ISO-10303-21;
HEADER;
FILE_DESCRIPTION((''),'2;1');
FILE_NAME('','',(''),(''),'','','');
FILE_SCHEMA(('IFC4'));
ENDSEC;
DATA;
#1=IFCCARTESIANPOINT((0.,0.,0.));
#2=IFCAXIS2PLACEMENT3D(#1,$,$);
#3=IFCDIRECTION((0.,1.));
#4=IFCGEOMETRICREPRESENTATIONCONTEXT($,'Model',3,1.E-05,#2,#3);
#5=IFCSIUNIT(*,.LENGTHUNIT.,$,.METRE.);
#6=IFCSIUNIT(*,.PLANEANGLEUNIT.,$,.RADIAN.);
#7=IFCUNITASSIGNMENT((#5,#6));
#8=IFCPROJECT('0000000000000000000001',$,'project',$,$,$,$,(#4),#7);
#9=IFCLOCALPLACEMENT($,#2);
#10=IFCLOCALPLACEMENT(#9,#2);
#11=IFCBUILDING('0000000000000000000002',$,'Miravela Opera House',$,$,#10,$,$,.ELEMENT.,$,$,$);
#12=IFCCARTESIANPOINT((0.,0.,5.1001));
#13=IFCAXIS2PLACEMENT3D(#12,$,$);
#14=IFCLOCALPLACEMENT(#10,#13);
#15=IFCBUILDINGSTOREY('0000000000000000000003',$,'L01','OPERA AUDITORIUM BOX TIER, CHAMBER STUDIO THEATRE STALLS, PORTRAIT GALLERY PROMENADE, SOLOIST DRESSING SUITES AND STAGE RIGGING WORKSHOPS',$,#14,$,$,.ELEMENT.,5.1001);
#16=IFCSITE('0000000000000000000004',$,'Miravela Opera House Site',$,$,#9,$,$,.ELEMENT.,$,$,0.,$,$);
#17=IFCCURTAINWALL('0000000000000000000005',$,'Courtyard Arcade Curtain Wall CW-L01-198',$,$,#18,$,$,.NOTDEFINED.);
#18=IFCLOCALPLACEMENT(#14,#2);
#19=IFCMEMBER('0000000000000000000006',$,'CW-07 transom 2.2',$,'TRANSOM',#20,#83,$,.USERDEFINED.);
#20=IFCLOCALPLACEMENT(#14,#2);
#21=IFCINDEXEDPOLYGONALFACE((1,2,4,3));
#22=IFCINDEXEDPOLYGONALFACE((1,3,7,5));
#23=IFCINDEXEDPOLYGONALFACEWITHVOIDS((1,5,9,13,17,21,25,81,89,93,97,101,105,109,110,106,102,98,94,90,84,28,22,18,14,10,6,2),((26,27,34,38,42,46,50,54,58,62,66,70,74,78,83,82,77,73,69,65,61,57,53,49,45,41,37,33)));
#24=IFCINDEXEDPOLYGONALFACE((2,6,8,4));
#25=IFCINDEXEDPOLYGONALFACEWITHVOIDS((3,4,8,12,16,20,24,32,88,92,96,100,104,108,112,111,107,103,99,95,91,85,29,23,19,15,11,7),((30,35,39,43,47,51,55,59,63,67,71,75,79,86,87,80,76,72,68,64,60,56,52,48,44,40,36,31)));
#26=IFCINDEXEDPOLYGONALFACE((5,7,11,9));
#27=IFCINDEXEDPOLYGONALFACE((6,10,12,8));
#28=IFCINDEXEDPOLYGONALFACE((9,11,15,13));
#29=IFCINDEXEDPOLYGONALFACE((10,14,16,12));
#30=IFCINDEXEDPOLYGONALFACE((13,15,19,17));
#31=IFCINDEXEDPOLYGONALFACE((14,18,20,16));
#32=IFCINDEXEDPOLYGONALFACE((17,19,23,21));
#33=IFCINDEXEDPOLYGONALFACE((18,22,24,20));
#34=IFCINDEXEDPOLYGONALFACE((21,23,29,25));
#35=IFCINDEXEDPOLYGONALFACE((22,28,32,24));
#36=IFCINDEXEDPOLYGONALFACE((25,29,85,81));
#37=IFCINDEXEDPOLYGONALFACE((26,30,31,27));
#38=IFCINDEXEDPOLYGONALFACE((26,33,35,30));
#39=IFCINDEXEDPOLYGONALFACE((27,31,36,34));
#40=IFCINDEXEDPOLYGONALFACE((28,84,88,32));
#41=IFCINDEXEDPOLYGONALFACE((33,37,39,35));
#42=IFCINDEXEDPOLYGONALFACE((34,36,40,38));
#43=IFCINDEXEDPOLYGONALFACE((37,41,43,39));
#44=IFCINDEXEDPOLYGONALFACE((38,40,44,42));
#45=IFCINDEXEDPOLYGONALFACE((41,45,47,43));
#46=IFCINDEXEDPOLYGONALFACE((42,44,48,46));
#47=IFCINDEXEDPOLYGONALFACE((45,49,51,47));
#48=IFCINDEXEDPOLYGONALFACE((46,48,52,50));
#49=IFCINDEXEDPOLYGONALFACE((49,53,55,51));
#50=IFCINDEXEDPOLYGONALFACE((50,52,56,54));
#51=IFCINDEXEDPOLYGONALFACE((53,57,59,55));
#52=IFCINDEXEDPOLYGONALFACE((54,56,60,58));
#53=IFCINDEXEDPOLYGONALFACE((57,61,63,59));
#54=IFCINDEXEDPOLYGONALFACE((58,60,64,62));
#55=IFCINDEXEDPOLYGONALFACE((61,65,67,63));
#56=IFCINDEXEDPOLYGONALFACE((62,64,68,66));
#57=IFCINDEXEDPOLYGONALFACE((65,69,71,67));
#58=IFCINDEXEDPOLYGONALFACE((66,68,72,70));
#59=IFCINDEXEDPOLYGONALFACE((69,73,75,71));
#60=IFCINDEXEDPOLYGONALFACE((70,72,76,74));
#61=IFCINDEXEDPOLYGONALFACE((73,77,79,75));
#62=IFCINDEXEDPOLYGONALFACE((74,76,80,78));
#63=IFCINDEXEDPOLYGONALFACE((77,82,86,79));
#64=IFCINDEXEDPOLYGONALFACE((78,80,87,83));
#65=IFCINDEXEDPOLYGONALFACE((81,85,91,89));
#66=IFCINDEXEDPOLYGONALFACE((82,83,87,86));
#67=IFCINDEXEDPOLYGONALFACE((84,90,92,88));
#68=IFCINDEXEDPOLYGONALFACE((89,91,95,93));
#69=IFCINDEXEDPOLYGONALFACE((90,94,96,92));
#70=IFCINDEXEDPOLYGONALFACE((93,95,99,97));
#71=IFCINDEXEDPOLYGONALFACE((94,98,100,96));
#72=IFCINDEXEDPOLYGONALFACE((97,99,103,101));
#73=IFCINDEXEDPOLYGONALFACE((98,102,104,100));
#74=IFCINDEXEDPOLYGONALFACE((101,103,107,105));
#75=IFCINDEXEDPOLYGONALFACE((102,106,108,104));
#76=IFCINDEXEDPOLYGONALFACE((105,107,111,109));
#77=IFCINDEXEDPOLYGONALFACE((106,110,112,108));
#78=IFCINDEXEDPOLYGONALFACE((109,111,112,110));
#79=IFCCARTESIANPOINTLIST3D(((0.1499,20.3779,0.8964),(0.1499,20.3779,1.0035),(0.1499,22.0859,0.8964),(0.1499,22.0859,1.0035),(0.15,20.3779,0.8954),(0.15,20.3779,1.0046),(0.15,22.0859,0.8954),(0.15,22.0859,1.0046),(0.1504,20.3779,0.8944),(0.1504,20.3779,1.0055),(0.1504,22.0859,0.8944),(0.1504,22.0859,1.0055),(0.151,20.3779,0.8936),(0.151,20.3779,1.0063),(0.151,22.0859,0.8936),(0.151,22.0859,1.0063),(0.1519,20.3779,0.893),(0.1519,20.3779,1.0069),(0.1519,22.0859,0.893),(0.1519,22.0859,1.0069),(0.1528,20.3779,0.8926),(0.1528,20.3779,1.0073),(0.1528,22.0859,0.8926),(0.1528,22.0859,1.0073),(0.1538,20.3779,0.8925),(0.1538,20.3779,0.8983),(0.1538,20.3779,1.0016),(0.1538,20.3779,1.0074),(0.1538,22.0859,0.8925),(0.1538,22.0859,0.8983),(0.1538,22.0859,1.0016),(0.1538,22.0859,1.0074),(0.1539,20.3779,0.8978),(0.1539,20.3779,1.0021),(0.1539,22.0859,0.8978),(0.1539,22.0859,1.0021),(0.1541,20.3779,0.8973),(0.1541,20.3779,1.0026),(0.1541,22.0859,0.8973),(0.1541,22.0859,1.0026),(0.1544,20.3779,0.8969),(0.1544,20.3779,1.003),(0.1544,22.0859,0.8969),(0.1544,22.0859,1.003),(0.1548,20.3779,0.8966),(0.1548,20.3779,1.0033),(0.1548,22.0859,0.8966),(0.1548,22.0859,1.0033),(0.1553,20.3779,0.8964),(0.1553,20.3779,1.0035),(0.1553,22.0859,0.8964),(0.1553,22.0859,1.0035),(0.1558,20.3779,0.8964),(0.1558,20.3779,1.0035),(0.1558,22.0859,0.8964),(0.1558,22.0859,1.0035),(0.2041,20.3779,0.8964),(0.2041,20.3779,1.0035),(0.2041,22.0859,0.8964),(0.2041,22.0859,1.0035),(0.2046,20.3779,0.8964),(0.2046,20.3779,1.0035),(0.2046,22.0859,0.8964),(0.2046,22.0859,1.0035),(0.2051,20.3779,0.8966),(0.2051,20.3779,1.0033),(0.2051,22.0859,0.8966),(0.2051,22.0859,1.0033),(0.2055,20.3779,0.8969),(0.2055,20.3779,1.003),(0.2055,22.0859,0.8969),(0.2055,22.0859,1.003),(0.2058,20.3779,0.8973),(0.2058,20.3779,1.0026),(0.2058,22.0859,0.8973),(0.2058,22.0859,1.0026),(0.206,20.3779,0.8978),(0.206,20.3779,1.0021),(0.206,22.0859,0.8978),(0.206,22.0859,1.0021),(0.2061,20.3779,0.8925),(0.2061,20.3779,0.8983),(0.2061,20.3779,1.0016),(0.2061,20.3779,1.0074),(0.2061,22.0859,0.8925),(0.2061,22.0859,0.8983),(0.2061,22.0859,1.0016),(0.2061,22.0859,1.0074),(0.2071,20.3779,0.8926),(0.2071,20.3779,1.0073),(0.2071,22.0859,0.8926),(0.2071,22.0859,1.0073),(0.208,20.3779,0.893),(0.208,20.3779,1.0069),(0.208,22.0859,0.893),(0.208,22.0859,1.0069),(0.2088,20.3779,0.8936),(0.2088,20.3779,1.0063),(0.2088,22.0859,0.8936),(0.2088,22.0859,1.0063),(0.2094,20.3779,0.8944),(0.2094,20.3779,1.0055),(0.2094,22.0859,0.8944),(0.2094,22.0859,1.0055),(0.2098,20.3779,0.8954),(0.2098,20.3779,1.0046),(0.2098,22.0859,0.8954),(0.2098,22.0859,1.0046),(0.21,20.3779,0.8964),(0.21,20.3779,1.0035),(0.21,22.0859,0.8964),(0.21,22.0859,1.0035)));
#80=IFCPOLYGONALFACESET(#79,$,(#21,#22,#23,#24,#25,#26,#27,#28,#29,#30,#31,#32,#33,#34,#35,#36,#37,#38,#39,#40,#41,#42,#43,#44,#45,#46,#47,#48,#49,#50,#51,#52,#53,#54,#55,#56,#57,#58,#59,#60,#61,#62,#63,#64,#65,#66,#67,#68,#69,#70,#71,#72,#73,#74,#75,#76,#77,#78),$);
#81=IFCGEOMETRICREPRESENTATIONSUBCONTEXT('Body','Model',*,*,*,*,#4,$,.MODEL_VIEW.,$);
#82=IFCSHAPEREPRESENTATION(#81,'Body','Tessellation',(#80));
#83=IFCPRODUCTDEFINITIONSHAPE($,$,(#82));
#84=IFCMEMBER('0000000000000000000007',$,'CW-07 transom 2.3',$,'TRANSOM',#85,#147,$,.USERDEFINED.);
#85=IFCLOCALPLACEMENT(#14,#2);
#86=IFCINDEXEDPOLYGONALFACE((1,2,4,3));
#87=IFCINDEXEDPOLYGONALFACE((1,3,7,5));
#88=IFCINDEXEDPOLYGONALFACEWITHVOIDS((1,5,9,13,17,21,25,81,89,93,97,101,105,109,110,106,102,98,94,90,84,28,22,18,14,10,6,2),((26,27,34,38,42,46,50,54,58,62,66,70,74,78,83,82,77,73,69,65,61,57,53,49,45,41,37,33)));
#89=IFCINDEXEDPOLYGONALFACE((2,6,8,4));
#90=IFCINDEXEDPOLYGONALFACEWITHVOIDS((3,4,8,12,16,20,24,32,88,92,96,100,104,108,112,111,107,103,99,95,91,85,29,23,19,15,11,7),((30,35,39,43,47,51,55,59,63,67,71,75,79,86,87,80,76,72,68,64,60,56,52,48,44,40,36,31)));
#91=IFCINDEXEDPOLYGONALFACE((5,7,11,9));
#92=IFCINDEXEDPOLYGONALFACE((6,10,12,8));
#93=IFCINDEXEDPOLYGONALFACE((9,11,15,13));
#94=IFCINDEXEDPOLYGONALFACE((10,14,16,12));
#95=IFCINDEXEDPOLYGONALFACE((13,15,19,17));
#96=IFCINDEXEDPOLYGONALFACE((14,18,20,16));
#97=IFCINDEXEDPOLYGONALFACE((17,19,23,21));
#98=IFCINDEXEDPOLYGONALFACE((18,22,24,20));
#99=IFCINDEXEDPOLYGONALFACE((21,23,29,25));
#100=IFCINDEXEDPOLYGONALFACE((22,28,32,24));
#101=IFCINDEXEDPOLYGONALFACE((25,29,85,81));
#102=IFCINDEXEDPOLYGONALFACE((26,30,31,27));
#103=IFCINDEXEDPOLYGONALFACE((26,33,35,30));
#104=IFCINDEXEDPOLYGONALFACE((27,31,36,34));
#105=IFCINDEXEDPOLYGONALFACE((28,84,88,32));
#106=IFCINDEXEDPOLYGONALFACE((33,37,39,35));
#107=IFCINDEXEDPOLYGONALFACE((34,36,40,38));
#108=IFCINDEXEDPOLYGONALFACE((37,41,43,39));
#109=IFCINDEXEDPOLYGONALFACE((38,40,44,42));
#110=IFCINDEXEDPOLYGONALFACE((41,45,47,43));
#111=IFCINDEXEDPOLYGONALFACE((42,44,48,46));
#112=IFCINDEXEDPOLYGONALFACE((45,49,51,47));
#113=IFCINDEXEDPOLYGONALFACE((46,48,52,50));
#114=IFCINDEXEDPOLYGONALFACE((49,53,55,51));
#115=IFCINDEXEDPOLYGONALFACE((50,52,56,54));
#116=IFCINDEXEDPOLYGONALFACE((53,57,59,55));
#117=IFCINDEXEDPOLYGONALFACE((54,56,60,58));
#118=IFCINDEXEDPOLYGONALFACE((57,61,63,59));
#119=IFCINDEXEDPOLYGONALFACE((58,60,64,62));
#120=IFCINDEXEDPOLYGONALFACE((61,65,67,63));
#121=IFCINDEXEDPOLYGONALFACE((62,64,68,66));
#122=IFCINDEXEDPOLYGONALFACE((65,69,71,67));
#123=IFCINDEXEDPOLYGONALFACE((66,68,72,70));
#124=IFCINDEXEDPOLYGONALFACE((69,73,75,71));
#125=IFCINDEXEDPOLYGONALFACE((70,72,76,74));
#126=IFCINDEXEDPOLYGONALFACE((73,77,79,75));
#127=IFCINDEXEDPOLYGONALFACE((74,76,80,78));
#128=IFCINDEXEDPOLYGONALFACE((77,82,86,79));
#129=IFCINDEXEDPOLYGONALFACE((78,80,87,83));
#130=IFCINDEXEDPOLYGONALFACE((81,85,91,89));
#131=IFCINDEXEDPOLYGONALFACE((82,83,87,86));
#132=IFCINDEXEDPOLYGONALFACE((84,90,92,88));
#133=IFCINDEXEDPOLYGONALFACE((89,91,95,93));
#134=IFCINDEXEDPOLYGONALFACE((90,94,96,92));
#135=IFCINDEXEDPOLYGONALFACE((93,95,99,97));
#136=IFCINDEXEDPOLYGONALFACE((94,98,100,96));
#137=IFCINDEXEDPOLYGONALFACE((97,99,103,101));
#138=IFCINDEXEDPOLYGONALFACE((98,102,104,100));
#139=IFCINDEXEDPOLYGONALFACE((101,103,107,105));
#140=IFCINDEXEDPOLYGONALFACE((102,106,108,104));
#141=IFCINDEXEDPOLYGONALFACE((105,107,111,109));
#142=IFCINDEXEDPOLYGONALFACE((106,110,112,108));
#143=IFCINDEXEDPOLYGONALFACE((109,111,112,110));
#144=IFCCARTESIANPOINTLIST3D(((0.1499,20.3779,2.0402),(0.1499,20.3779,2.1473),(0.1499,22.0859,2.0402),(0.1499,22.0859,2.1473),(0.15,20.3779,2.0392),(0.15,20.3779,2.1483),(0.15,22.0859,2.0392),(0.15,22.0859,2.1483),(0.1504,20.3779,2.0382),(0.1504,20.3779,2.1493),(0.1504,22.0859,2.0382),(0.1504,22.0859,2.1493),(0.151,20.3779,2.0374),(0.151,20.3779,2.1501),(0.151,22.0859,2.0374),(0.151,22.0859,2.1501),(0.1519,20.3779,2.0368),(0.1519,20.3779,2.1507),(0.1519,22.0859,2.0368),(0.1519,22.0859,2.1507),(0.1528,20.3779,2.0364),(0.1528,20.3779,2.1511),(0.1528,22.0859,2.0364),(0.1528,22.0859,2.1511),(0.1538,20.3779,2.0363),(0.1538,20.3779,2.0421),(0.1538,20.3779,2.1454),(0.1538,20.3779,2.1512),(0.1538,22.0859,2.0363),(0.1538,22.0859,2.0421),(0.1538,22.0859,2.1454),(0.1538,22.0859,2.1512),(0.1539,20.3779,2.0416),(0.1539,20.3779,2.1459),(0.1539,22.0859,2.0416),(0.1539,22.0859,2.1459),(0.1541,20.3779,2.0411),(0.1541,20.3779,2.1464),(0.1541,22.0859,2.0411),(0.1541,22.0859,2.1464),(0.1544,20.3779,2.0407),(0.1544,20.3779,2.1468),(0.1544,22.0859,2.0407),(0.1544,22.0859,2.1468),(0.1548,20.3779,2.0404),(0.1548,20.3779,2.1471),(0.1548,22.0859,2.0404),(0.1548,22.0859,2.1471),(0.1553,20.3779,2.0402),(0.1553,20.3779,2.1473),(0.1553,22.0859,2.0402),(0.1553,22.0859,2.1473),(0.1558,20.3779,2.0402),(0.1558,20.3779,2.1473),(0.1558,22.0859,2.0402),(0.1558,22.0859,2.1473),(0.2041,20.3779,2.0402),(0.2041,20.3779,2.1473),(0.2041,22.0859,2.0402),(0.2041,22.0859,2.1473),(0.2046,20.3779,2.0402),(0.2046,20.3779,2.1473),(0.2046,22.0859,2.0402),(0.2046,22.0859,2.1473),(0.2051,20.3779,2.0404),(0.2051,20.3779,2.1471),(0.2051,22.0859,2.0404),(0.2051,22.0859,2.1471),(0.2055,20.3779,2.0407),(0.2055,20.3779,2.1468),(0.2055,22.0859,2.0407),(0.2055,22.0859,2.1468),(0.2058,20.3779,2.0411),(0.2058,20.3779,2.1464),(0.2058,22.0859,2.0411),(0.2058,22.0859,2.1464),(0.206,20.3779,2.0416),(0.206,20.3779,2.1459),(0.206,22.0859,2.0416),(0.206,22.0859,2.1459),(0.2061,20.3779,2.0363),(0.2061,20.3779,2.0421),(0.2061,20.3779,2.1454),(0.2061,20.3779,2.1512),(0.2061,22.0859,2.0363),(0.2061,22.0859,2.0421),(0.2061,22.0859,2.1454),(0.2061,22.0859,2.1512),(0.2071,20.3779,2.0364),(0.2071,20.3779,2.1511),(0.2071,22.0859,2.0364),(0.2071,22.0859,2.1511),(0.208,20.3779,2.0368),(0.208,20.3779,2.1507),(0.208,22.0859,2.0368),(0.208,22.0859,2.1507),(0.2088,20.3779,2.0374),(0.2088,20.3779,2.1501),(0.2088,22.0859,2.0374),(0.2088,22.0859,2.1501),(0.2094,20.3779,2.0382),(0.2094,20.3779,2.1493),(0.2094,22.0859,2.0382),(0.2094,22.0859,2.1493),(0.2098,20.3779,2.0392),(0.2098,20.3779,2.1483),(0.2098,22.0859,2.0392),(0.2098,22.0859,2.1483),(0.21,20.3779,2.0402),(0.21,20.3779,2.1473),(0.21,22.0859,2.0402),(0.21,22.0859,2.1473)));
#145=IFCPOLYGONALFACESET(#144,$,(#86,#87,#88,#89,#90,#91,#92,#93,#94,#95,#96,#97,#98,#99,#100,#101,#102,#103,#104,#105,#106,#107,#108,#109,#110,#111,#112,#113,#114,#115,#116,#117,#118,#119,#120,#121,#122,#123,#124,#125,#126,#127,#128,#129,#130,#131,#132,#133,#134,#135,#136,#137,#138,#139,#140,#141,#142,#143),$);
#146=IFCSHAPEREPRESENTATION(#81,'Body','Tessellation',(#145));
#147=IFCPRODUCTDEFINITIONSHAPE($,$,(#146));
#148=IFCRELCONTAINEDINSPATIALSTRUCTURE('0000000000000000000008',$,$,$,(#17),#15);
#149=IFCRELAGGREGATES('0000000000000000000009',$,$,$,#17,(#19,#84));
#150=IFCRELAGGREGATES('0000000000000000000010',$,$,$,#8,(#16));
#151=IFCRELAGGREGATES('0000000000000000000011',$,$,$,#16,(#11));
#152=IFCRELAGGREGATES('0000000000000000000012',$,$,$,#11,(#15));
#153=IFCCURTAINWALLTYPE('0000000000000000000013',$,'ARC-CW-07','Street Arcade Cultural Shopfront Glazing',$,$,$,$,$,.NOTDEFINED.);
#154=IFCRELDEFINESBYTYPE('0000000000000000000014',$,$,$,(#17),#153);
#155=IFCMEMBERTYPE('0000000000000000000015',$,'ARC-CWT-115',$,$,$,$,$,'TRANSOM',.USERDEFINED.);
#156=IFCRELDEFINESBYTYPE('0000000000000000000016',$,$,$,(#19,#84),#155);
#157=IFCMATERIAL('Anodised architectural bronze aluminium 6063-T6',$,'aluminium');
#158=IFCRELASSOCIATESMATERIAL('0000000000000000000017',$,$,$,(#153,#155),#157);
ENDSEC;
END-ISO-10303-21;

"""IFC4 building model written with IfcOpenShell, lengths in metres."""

from ifc_helpers import new_model, si_unit, direction, frame, origin, origin_2d, place, context, subcontext, project, spatial, hollow_rectangle, extrude, material, material_profile, profile_set, type_object, element, aggregate, save


model = new_model("IFC4")

# Units and contexts
model_context = context("Model", 3, precision=1e-05, world=origin(), true_north=direction((0.0, 1.0)))
body_context = subcontext(model_context, "Body", "Model", "MODEL_VIEW")
ifc_project = project(units=[si_unit("LENGTHUNIT", "METRE"), si_unit("PLANEANGLEUNIT", "RADIAN")], contexts=[model_context])

# Site, building, storey
site_placement = place(None, origin())
site = spatial("IfcSite", under=ifc_project, at=site_placement, Name="Miravela Opera House Site", CompositionType="ELEMENT", RefElevation=0.0)
building_placement = place(site_placement, origin())
building = spatial("IfcBuilding", under=site, at=building_placement, Name="Miravela Opera House", CompositionType="ELEMENT")
storey_placement = place(building_placement, frame((0.0, 0.0, 5.1001)))
storey = spatial("IfcBuildingStorey", under=building, at=storey_placement, Name="L01", Description="OPERA AUDITORIUM BOX TIER, CHAMBER STUDIO THEATRE STALLS, PORTRAIT GALLERY PROMENADE, SOLOIST DRESSING SUITES AND STAGE RIGGING WORKSHOPS", CompositionType="ELEMENT", Elevation=5.1001)

# Shared definitions
ifc_material_1 = material(Name="Anodised architectural bronze aluminium 6063-T6", Category="aluminium")
curtain_wall_type = type_object("IfcCurtainWallType", Name="ARC-CW-07", Description="Street Arcade Cultural Shopfront Glazing", PredefinedType="NOTDEFINED", material=ifc_material_1)

# Curtain wall, members
curtain_wall_1_placement = place(storey_placement, origin())
curtain_wall_1 = element("IfcCurtainWall", 1, at=curtain_wall_1_placement, inside=storey, type_object=curtain_wall_type, Name="Courtyard Arcade Curtain Wall CW-L01-198", PredefinedType="NOTDEFINED")
ifc_material_profile_1 = material_profile(ifc_material_1, hollow_rectangle(XDim=0.0601, YDim=0.115, WallThickness=0.0039, InnerFilletRadius=0.002, OuterFilletRadius=0.0039, at=origin_2d()), Name="CWT-60X115")
ifc_profile_set_1 = profile_set([ifc_material_profile_1])
member_type_1 = type_object("IfcMemberType", Name="ARC-CWT-115", ElementType="TRANSOM", PredefinedType="USERDEFINED", material=ifc_profile_set_1)
member_1_placement = place(storey_placement, frame((0.1799, 20.3779, 0.95), z_axis=(0.0, 1.0, 0.0), x_axis=(-1.0, 0.0, 0.0)))
member_1 = element("IfcMember", 2, at=member_1_placement, type_object=member_type_1, Name="CW-07 transom 2.2", ObjectType="TRANSOM", PredefinedType="USERDEFINED", context=body_context, shape_type="SweptSolid", body=[
    extrude(hollow_rectangle(XDim=0.0601, YDim=0.115, WallThickness=0.0039, InnerFilletRadius=0.002, OuterFilletRadius=0.0039, at=origin_2d()), origin(), (0.0, 0.0, 1.0), 1.708),
])
member_2_placement = place(storey_placement, frame((0.1799, 20.3779, 2.0938), z_axis=(0.0, 1.0, 0.0), x_axis=(-1.0, 0.0, 0.0)))
member_2 = element("IfcMember", 3, at=member_2_placement, type_object=member_type_1, Name="CW-07 transom 2.3", ObjectType="TRANSOM", PredefinedType="USERDEFINED", context=body_context, shape_type="SweptSolid", body=[
    extrude(hollow_rectangle(XDim=0.0601, YDim=0.115, WallThickness=0.0039, InnerFilletRadius=0.002, OuterFilletRadius=0.0039, at=origin_2d()), origin(), (0.0, 0.0, 1.0), 1.708),
])

aggregate(curtain_wall_1, [member_1, member_2])

save(model, "model.ifc")
